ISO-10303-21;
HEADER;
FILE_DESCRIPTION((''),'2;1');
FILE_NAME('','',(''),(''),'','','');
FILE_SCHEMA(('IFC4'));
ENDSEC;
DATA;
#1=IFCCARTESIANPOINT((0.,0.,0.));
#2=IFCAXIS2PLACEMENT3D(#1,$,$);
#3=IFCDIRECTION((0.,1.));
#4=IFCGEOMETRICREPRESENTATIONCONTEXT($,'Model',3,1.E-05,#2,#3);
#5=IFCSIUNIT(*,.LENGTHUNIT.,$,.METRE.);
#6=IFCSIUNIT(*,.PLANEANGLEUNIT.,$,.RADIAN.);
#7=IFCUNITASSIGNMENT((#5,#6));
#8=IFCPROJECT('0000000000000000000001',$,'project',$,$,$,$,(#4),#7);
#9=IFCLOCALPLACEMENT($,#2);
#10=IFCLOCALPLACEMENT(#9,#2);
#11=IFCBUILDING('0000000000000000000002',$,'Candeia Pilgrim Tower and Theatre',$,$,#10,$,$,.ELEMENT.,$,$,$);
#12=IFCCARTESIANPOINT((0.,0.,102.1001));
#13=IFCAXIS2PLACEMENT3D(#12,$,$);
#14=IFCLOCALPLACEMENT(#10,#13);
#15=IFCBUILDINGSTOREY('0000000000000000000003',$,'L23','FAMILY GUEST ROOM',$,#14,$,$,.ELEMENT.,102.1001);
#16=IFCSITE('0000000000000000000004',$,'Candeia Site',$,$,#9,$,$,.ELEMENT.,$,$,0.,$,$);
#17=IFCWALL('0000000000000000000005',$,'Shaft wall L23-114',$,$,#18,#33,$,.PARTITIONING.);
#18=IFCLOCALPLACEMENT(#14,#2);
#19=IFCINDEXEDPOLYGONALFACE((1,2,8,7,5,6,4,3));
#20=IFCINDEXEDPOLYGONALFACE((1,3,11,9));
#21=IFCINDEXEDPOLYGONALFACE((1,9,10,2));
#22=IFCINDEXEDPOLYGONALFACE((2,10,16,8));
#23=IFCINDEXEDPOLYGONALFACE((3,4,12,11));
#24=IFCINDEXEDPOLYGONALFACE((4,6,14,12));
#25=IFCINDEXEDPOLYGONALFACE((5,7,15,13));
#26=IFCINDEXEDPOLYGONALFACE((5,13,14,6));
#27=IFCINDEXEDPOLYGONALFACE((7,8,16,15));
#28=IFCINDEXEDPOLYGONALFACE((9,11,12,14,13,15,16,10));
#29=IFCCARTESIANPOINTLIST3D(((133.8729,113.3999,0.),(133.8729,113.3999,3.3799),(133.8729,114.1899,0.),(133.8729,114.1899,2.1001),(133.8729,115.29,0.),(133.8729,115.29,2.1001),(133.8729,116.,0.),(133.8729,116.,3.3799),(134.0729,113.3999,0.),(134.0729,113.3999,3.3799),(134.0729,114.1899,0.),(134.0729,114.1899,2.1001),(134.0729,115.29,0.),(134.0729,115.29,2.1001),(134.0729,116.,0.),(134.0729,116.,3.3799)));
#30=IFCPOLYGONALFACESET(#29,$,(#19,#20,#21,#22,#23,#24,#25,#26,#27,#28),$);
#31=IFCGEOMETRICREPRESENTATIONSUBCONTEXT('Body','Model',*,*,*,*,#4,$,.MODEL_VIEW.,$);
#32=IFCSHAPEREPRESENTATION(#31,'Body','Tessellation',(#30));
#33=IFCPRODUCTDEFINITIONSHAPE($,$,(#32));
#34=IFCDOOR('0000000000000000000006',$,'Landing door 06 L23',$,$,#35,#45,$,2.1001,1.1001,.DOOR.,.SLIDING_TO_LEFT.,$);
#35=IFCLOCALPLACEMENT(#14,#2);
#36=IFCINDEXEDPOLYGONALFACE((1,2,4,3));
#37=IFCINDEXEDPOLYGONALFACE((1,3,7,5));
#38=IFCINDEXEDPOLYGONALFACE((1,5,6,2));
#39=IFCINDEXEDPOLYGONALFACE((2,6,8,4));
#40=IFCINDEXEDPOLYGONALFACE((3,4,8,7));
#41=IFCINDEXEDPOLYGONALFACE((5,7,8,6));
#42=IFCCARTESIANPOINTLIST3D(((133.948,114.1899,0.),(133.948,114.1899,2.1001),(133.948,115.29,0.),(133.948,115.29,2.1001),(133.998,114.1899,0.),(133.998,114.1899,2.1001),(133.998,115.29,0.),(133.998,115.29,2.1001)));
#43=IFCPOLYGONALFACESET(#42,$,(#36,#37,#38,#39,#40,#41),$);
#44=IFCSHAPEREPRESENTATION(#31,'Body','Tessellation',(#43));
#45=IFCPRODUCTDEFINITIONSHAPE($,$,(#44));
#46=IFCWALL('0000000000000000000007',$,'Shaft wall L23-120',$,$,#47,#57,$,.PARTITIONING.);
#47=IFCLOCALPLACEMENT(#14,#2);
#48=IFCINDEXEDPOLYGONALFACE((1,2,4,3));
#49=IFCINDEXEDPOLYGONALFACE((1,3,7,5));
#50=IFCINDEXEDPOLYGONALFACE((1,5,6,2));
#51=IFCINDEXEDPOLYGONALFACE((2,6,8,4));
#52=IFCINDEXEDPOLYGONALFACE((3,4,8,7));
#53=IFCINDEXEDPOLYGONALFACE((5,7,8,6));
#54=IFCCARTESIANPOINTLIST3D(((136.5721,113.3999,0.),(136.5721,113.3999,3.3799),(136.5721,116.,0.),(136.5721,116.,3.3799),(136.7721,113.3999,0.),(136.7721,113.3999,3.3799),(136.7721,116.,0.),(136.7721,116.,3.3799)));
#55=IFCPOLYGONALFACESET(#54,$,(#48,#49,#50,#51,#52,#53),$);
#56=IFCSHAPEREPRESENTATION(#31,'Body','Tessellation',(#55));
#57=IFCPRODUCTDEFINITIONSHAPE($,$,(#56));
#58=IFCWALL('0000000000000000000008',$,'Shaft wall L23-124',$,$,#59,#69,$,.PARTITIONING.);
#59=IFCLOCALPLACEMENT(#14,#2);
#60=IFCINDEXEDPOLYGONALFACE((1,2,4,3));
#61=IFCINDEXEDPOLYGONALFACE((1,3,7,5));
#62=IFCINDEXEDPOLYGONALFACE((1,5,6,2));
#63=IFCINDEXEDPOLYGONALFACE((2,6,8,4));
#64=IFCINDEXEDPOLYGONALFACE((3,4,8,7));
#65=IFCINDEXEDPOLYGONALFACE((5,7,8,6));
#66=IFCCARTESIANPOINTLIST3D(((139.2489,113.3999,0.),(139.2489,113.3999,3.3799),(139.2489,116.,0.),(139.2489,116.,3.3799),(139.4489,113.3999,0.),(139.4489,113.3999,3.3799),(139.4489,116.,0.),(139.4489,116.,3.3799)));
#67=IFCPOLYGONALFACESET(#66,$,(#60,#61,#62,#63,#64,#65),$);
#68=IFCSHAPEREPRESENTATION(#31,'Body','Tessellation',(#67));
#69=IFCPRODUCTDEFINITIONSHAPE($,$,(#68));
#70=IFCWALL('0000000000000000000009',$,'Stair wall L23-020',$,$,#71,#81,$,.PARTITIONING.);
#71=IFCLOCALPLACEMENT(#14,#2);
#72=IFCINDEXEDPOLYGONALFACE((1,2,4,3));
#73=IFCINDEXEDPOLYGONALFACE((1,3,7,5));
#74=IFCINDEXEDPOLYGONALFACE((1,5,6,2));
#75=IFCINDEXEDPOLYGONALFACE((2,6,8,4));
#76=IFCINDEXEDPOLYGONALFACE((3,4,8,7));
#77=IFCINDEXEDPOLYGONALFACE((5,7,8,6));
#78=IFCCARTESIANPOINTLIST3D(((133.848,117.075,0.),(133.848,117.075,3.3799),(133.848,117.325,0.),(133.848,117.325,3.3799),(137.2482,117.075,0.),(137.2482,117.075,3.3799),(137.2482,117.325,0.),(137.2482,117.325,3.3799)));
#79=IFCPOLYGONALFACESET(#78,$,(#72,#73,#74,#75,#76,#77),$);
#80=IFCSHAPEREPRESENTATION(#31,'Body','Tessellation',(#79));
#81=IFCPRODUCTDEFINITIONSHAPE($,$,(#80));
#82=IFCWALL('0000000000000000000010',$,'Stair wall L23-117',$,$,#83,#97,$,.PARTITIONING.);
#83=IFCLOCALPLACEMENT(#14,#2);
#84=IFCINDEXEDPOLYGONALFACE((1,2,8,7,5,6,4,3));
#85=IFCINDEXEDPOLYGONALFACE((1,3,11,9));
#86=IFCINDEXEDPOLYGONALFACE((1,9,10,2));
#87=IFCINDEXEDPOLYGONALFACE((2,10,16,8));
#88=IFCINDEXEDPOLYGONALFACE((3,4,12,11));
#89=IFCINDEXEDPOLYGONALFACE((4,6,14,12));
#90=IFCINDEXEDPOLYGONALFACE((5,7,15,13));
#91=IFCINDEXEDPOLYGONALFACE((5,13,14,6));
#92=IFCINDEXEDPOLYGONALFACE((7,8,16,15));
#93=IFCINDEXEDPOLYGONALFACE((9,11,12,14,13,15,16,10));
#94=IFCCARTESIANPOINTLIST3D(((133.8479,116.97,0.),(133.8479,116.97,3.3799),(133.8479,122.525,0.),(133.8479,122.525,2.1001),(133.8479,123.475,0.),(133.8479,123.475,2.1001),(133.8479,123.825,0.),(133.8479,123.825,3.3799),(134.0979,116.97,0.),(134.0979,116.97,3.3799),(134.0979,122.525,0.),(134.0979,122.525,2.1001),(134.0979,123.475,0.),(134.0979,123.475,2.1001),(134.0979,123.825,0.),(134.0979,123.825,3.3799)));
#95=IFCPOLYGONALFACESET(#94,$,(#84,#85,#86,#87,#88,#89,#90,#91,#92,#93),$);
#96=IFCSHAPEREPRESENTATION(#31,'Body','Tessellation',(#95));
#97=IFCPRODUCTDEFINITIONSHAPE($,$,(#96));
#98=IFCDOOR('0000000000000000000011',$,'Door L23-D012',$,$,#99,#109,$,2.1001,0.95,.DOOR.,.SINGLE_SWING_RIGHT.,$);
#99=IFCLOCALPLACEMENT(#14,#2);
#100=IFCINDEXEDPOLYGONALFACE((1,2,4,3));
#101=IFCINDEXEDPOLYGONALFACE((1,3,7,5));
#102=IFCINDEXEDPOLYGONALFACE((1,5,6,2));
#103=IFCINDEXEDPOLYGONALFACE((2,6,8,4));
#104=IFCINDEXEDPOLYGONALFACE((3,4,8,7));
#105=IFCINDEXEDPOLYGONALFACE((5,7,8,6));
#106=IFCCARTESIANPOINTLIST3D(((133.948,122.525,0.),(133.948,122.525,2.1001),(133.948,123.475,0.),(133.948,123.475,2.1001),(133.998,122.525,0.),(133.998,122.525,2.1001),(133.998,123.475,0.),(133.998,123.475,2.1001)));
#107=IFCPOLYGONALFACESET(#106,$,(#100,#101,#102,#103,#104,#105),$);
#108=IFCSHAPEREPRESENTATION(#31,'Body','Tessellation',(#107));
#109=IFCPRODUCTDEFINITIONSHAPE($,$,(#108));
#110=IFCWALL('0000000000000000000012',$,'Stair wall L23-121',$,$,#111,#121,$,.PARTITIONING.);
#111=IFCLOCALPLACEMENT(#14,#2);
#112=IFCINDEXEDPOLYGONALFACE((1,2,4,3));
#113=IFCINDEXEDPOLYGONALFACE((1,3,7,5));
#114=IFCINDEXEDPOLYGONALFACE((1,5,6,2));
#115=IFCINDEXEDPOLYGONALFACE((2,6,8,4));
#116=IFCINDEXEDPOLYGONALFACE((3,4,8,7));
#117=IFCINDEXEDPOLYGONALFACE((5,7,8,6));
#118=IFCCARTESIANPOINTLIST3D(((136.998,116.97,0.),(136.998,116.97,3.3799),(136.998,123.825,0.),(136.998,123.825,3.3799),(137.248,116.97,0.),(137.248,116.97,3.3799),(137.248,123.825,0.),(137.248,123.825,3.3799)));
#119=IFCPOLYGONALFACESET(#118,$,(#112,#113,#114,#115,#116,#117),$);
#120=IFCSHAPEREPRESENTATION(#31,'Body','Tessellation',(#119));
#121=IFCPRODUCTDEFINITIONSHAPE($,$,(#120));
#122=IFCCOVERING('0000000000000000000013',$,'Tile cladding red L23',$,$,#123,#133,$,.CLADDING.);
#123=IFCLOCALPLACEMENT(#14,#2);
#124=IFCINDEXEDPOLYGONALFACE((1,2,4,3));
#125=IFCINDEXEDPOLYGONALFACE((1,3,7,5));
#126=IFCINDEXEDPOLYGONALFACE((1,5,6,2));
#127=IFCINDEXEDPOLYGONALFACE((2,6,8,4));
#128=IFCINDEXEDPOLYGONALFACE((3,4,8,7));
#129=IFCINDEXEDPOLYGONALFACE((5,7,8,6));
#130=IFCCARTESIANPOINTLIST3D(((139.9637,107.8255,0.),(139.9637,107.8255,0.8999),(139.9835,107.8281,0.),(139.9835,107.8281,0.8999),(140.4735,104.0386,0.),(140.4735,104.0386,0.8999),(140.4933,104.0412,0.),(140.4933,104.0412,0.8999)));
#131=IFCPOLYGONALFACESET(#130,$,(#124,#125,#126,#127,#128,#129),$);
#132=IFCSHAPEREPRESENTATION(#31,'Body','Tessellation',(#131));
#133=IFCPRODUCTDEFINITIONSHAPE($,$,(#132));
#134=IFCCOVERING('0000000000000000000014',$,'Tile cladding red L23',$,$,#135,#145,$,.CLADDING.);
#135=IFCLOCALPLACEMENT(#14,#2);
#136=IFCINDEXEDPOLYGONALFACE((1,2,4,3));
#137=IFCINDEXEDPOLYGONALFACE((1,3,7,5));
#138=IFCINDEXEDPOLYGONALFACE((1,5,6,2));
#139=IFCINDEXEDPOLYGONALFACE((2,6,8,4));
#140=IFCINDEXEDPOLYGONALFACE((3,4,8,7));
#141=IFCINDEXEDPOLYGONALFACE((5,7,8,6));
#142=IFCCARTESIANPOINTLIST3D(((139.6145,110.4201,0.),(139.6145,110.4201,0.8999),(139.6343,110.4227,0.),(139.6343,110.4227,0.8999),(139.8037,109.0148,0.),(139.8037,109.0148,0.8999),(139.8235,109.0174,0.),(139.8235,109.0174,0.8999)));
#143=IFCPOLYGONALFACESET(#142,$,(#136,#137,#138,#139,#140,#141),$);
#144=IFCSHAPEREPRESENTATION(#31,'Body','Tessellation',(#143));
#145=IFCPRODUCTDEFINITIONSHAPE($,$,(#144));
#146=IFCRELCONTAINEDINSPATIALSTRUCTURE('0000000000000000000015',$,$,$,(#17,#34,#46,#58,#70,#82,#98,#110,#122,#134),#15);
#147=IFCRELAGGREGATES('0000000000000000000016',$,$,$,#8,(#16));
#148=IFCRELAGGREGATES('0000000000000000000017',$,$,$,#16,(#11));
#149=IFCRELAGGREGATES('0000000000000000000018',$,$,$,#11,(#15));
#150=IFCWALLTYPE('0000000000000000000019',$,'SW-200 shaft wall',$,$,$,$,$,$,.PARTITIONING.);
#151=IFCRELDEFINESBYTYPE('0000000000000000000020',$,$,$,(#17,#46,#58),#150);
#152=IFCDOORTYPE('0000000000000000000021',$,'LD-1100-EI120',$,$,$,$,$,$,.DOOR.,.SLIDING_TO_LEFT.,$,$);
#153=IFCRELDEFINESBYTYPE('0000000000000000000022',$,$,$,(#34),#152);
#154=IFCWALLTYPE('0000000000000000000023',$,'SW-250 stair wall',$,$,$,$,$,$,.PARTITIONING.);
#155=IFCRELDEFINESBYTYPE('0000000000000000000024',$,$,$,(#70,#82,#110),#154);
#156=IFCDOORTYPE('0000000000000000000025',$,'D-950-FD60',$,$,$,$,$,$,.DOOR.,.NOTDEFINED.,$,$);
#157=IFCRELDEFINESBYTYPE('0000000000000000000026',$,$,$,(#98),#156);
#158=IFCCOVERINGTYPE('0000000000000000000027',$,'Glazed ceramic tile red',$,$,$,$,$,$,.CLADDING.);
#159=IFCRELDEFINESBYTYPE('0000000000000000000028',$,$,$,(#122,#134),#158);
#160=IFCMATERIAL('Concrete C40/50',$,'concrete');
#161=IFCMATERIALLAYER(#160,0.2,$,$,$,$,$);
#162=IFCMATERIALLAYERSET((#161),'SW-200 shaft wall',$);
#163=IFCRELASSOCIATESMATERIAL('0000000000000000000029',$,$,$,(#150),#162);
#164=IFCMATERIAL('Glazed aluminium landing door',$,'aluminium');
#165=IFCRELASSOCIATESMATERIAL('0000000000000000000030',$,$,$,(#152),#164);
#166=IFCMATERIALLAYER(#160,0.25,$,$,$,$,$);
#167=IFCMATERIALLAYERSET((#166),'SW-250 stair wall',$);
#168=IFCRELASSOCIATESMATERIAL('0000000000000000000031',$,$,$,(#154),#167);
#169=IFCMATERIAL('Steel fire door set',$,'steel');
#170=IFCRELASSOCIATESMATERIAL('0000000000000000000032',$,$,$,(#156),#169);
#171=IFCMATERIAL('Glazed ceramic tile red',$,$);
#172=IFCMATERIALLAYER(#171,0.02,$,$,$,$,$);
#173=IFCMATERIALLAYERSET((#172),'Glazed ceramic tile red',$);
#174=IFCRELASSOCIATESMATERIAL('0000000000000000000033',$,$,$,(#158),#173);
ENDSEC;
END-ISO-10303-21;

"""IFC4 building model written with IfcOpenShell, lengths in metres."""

from ifc_helpers import new_model, si_unit, direction, frame, frame_2d, origin, origin_2d, place, context, subcontext, project, spatial, rectangle, extrude, material, layer, layer_set, type_object, element, fill, save


model = new_model("IFC4")

# Units and contexts
model_context = context("Model", 3, precision=1e-05, world=origin(), true_north=direction((0.0, 1.0)))
body_context = subcontext(model_context, "Body", "Model", "MODEL_VIEW")
ifc_project = project(units=[si_unit("LENGTHUNIT", "METRE"), si_unit("PLANEANGLEUNIT", "RADIAN")], contexts=[model_context])

# Site, building, storey
site_placement = place(None, origin())
site = spatial("IfcSite", under=ifc_project, at=site_placement, Name="Candeia Site", CompositionType="ELEMENT", RefElevation=0.0)
building_placement = place(site_placement, origin())
building = spatial("IfcBuilding", under=site, at=building_placement, Name="Candeia Pilgrim Tower and Theatre", CompositionType="ELEMENT")
storey_placement = place(building_placement, frame((0.0, 0.0, 102.1001)))
storey = spatial("IfcBuildingStorey", under=building, at=storey_placement, Name="L23", Description="FAMILY GUEST ROOM", CompositionType="ELEMENT", Elevation=102.1001)

# Shared definitions
ifc_material_1 = material(Name="Steel fire door set", Category="steel")

# Wall, opening, door
ifc_material_2 = material(Name="Concrete C40/50", Category="concrete")
ifc_layer_1 = layer(ifc_material_2, 0.2)
ifc_layer_set_1 = layer_set([ifc_layer_1], Name="SW-200 shaft wall")
wall_type_1 = type_object("IfcWallType", Name="SW-200 shaft wall", PredefinedType="PARTITIONING", material=ifc_layer_set_1)
wall_1_placement = place(storey_placement, frame((133.9729, 113.3999, 0.0), z_axis=(0.0, 0.0, 1.0), x_axis=(0.0, 1.0, 0.0)))
wall_1 = element("IfcWall", 1, at=wall_1_placement, inside=storey, type_object=wall_type_1, Name="Shaft wall L23-114", PredefinedType="PARTITIONING", context=body_context, shape_type="SweptSolid", body=[
    extrude(rectangle(XDim=2.6001, YDim=0.2, at=frame_2d((1.3, 0.0))), origin(), (0.0, 0.0, 1.0), 3.3799),
])
opening_1_placement = place(wall_1_placement, frame((0.79, 0.0, 0.0)))
opening_1 = element("IfcOpeningElement", 2, at=opening_1_placement, cuts=wall_1, PredefinedType="OPENING", context=body_context, shape_type="SweptSolid", body=[
    extrude(rectangle(XDim=1.1001, YDim=2.1001, at=frame_2d((0.55, 1.05))), frame((0.0, 0.1099, 0.0), z_axis=(0.0, -1.0, 0.0), x_axis=(1.0, 0.0, 0.0)), (0.0, 0.0, 1.0), 0.22),
])
ifc_material_3 = material(Name="Glazed aluminium landing door", Category="aluminium")
door_type_1 = type_object("IfcDoorType", Name="LD-1100-EI120", OperationType="SLIDING_TO_LEFT", PredefinedType="DOOR", material=ifc_material_3)
door_1_placement = place(opening_1_placement, origin())
door_1 = element("IfcDoor", 3, at=door_1_placement, inside=storey, type_object=door_type_1, Name="Landing door 06 L23", OperationType="SLIDING_TO_LEFT", OverallHeight=2.1001, OverallWidth=1.1001, PredefinedType="DOOR", context=body_context, shape_type="SweptSolid", body=[
    extrude(rectangle(XDim=1.1001, YDim=2.1001, at=frame_2d((0.55, 1.05))), frame((0.0, 0.0249, 0.0), z_axis=(0.0, -1.0, 0.0), x_axis=(1.0, 0.0, 0.0)), (0.0, 0.0, 1.0), 0.05),
])
fill(opening_1, door_1)

# Walls
for number, where, z_axis, x_axis, name in (
    (4, (136.6721, 113.3999, 0.0), (0.0, 0.0, 1.0), (0.0, 1.0, 0.0), "Shaft wall L23-120"),
    (5, (139.3489, 113.3999, 0.0), (0.0, 0.0, 1.0), (0.0, 1.0, 0.0), "Shaft wall L23-124"),
):
    element("IfcWall", number, at=place(storey_placement, frame(where, z_axis=z_axis, x_axis=x_axis)), inside=storey, type_object=wall_type_1, Name=name, PredefinedType="PARTITIONING", context=body_context, shape_type="SweptSolid", body=[
        extrude(rectangle(XDim=2.6001, YDim=0.2, at=frame_2d((1.3, 0.0))), origin(), (0.0, 0.0, 1.0), 3.3799),
    ])
ifc_layer_2 = layer(ifc_material_2, 0.25)
ifc_layer_set_2 = layer_set([ifc_layer_2], Name="SW-250 stair wall")
wall_type_2 = type_object("IfcWallType", Name="SW-250 stair wall", PredefinedType="PARTITIONING", material=ifc_layer_set_2)
wall_2_placement = place(storey_placement, frame((133.8479, 117.2, 0.0), z_axis=(0.0, 0.0, 1.0), x_axis=(1.0, 0.0, 0.0)))
element("IfcWall", 6, at=wall_2_placement, inside=storey, type_object=wall_type_2, Name="Stair wall L23-020", PredefinedType="PARTITIONING", context=body_context, shape_type="SweptSolid", body=[
    extrude(rectangle(XDim=3.4001, YDim=0.25, at=frame_2d((1.7002, 0.0))), origin(), (0.0, 0.0, 1.0), 3.3799),
])

# Wall, opening, door
wall_3_placement = place(storey_placement, frame((133.9729, 116.97, 0.0), z_axis=(0.0, 0.0, 1.0), x_axis=(0.0, 1.0, 0.0)))
wall_3 = element("IfcWall", 7, at=wall_3_placement, inside=storey, type_object=wall_type_2, Name="Stair wall L23-117", PredefinedType="PARTITIONING", context=body_context, shape_type="SweptSolid", body=[
    extrude(rectangle(XDim=6.855, YDim=0.25, at=frame_2d((3.4275, 0.0))), origin(), (0.0, 0.0, 1.0), 3.3799),
])
opening_2_placement = place(wall_3_placement, frame((5.5549, 0.0, 0.0)))
opening_2 = element("IfcOpeningElement", 8, at=opening_2_placement, cuts=wall_3, PredefinedType="OPENING", context=body_context, shape_type="SweptSolid", body=[
    extrude(rectangle(XDim=0.95, YDim=2.1001, at=frame_2d((0.4751, 1.05))), frame((0.0, 0.135, 0.0), z_axis=(0.0, -1.0, 0.0), x_axis=(1.0, 0.0, 0.0)), (0.0, 0.0, 1.0), 0.27),
])
door_type_2 = type_object("IfcDoorType", Name="D-950-FD60", OperationType="NOTDEFINED", PredefinedType="DOOR", material=ifc_material_1)
door_2_placement = place(opening_2_placement, origin())
door_2 = element("IfcDoor", 9, at=door_2_placement, inside=storey, type_object=door_type_2, Name="Door L23-D012", OperationType="SINGLE_SWING_RIGHT", OverallHeight=2.1001, OverallWidth=0.95, PredefinedType="DOOR", context=body_context, shape_type="SweptSolid", body=[
    extrude(rectangle(XDim=0.95, YDim=2.1001, at=frame_2d((0.4751, 1.05))), frame((0.0, 0.0249, 0.0), z_axis=(0.0, -1.0, 0.0), x_axis=(1.0, 0.0, 0.0)), (0.0, 0.0, 1.0), 0.05),
])
fill(opening_2, door_2)

# Wall
wall_4_placement = place(storey_placement, frame((137.123, 116.97, 0.0), z_axis=(0.0, 0.0, 1.0), x_axis=(0.0, 1.0, 0.0)))
element("IfcWall", 10, at=wall_4_placement, inside=storey, type_object=wall_type_2, Name="Stair wall L23-121", PredefinedType="PARTITIONING", context=body_context, shape_type="SweptSolid", body=[
    extrude(rectangle(XDim=6.855, YDim=0.25, at=frame_2d((3.4275, 0.0))), origin(), (0.0, 0.0, 1.0), 3.3799),
])

# Coverings
ifc_material_4 = material(Name="Glazed ceramic tile red")
ifc_layer_3 = layer(ifc_material_4, 0.02)
ifc_layer_set_3 = layer_set([ifc_layer_3], Name="Glazed ceramic tile red")
covering_type = type_object("IfcCoveringType", Name="Glazed ceramic tile red", PredefinedType="CLADDING", material=ifc_layer_set_3)
covering_1_placement = place(storey_placement, frame((140.2285, 105.9333, 0.0), z_axis=(0.0, 0.0, 1.0), x_axis=(-0.133412, 0.991061, 0.0)))
element("IfcCovering", 11, at=covering_1_placement, inside=storey, type_object=covering_type, Name="Tile cladding red L23", PredefinedType="CLADDING", context=body_context, shape_type="SweptSolid", body=[
    extrude(rectangle(XDim=3.821, YDim=0.02, at=origin_2d()), origin(), (0.0, 0.0, 1.0), 0.8999),
])
covering_2_placement = place(storey_placement, frame((139.719, 109.7188, 0.0), z_axis=(0.0, 0.0, 1.0), x_axis=(-0.133412, 0.991061, 0.0)))
element("IfcCovering", 12, at=covering_2_placement, inside=storey, type_object=covering_type, Name="Tile cladding red L23", PredefinedType="CLADDING", context=body_context, shape_type="SweptSolid", body=[
    extrude(rectangle(XDim=1.418, YDim=0.02, at=origin_2d()), origin(), (0.0, 0.0, 1.0), 0.8999),
])

save(model, "model.ifc")
